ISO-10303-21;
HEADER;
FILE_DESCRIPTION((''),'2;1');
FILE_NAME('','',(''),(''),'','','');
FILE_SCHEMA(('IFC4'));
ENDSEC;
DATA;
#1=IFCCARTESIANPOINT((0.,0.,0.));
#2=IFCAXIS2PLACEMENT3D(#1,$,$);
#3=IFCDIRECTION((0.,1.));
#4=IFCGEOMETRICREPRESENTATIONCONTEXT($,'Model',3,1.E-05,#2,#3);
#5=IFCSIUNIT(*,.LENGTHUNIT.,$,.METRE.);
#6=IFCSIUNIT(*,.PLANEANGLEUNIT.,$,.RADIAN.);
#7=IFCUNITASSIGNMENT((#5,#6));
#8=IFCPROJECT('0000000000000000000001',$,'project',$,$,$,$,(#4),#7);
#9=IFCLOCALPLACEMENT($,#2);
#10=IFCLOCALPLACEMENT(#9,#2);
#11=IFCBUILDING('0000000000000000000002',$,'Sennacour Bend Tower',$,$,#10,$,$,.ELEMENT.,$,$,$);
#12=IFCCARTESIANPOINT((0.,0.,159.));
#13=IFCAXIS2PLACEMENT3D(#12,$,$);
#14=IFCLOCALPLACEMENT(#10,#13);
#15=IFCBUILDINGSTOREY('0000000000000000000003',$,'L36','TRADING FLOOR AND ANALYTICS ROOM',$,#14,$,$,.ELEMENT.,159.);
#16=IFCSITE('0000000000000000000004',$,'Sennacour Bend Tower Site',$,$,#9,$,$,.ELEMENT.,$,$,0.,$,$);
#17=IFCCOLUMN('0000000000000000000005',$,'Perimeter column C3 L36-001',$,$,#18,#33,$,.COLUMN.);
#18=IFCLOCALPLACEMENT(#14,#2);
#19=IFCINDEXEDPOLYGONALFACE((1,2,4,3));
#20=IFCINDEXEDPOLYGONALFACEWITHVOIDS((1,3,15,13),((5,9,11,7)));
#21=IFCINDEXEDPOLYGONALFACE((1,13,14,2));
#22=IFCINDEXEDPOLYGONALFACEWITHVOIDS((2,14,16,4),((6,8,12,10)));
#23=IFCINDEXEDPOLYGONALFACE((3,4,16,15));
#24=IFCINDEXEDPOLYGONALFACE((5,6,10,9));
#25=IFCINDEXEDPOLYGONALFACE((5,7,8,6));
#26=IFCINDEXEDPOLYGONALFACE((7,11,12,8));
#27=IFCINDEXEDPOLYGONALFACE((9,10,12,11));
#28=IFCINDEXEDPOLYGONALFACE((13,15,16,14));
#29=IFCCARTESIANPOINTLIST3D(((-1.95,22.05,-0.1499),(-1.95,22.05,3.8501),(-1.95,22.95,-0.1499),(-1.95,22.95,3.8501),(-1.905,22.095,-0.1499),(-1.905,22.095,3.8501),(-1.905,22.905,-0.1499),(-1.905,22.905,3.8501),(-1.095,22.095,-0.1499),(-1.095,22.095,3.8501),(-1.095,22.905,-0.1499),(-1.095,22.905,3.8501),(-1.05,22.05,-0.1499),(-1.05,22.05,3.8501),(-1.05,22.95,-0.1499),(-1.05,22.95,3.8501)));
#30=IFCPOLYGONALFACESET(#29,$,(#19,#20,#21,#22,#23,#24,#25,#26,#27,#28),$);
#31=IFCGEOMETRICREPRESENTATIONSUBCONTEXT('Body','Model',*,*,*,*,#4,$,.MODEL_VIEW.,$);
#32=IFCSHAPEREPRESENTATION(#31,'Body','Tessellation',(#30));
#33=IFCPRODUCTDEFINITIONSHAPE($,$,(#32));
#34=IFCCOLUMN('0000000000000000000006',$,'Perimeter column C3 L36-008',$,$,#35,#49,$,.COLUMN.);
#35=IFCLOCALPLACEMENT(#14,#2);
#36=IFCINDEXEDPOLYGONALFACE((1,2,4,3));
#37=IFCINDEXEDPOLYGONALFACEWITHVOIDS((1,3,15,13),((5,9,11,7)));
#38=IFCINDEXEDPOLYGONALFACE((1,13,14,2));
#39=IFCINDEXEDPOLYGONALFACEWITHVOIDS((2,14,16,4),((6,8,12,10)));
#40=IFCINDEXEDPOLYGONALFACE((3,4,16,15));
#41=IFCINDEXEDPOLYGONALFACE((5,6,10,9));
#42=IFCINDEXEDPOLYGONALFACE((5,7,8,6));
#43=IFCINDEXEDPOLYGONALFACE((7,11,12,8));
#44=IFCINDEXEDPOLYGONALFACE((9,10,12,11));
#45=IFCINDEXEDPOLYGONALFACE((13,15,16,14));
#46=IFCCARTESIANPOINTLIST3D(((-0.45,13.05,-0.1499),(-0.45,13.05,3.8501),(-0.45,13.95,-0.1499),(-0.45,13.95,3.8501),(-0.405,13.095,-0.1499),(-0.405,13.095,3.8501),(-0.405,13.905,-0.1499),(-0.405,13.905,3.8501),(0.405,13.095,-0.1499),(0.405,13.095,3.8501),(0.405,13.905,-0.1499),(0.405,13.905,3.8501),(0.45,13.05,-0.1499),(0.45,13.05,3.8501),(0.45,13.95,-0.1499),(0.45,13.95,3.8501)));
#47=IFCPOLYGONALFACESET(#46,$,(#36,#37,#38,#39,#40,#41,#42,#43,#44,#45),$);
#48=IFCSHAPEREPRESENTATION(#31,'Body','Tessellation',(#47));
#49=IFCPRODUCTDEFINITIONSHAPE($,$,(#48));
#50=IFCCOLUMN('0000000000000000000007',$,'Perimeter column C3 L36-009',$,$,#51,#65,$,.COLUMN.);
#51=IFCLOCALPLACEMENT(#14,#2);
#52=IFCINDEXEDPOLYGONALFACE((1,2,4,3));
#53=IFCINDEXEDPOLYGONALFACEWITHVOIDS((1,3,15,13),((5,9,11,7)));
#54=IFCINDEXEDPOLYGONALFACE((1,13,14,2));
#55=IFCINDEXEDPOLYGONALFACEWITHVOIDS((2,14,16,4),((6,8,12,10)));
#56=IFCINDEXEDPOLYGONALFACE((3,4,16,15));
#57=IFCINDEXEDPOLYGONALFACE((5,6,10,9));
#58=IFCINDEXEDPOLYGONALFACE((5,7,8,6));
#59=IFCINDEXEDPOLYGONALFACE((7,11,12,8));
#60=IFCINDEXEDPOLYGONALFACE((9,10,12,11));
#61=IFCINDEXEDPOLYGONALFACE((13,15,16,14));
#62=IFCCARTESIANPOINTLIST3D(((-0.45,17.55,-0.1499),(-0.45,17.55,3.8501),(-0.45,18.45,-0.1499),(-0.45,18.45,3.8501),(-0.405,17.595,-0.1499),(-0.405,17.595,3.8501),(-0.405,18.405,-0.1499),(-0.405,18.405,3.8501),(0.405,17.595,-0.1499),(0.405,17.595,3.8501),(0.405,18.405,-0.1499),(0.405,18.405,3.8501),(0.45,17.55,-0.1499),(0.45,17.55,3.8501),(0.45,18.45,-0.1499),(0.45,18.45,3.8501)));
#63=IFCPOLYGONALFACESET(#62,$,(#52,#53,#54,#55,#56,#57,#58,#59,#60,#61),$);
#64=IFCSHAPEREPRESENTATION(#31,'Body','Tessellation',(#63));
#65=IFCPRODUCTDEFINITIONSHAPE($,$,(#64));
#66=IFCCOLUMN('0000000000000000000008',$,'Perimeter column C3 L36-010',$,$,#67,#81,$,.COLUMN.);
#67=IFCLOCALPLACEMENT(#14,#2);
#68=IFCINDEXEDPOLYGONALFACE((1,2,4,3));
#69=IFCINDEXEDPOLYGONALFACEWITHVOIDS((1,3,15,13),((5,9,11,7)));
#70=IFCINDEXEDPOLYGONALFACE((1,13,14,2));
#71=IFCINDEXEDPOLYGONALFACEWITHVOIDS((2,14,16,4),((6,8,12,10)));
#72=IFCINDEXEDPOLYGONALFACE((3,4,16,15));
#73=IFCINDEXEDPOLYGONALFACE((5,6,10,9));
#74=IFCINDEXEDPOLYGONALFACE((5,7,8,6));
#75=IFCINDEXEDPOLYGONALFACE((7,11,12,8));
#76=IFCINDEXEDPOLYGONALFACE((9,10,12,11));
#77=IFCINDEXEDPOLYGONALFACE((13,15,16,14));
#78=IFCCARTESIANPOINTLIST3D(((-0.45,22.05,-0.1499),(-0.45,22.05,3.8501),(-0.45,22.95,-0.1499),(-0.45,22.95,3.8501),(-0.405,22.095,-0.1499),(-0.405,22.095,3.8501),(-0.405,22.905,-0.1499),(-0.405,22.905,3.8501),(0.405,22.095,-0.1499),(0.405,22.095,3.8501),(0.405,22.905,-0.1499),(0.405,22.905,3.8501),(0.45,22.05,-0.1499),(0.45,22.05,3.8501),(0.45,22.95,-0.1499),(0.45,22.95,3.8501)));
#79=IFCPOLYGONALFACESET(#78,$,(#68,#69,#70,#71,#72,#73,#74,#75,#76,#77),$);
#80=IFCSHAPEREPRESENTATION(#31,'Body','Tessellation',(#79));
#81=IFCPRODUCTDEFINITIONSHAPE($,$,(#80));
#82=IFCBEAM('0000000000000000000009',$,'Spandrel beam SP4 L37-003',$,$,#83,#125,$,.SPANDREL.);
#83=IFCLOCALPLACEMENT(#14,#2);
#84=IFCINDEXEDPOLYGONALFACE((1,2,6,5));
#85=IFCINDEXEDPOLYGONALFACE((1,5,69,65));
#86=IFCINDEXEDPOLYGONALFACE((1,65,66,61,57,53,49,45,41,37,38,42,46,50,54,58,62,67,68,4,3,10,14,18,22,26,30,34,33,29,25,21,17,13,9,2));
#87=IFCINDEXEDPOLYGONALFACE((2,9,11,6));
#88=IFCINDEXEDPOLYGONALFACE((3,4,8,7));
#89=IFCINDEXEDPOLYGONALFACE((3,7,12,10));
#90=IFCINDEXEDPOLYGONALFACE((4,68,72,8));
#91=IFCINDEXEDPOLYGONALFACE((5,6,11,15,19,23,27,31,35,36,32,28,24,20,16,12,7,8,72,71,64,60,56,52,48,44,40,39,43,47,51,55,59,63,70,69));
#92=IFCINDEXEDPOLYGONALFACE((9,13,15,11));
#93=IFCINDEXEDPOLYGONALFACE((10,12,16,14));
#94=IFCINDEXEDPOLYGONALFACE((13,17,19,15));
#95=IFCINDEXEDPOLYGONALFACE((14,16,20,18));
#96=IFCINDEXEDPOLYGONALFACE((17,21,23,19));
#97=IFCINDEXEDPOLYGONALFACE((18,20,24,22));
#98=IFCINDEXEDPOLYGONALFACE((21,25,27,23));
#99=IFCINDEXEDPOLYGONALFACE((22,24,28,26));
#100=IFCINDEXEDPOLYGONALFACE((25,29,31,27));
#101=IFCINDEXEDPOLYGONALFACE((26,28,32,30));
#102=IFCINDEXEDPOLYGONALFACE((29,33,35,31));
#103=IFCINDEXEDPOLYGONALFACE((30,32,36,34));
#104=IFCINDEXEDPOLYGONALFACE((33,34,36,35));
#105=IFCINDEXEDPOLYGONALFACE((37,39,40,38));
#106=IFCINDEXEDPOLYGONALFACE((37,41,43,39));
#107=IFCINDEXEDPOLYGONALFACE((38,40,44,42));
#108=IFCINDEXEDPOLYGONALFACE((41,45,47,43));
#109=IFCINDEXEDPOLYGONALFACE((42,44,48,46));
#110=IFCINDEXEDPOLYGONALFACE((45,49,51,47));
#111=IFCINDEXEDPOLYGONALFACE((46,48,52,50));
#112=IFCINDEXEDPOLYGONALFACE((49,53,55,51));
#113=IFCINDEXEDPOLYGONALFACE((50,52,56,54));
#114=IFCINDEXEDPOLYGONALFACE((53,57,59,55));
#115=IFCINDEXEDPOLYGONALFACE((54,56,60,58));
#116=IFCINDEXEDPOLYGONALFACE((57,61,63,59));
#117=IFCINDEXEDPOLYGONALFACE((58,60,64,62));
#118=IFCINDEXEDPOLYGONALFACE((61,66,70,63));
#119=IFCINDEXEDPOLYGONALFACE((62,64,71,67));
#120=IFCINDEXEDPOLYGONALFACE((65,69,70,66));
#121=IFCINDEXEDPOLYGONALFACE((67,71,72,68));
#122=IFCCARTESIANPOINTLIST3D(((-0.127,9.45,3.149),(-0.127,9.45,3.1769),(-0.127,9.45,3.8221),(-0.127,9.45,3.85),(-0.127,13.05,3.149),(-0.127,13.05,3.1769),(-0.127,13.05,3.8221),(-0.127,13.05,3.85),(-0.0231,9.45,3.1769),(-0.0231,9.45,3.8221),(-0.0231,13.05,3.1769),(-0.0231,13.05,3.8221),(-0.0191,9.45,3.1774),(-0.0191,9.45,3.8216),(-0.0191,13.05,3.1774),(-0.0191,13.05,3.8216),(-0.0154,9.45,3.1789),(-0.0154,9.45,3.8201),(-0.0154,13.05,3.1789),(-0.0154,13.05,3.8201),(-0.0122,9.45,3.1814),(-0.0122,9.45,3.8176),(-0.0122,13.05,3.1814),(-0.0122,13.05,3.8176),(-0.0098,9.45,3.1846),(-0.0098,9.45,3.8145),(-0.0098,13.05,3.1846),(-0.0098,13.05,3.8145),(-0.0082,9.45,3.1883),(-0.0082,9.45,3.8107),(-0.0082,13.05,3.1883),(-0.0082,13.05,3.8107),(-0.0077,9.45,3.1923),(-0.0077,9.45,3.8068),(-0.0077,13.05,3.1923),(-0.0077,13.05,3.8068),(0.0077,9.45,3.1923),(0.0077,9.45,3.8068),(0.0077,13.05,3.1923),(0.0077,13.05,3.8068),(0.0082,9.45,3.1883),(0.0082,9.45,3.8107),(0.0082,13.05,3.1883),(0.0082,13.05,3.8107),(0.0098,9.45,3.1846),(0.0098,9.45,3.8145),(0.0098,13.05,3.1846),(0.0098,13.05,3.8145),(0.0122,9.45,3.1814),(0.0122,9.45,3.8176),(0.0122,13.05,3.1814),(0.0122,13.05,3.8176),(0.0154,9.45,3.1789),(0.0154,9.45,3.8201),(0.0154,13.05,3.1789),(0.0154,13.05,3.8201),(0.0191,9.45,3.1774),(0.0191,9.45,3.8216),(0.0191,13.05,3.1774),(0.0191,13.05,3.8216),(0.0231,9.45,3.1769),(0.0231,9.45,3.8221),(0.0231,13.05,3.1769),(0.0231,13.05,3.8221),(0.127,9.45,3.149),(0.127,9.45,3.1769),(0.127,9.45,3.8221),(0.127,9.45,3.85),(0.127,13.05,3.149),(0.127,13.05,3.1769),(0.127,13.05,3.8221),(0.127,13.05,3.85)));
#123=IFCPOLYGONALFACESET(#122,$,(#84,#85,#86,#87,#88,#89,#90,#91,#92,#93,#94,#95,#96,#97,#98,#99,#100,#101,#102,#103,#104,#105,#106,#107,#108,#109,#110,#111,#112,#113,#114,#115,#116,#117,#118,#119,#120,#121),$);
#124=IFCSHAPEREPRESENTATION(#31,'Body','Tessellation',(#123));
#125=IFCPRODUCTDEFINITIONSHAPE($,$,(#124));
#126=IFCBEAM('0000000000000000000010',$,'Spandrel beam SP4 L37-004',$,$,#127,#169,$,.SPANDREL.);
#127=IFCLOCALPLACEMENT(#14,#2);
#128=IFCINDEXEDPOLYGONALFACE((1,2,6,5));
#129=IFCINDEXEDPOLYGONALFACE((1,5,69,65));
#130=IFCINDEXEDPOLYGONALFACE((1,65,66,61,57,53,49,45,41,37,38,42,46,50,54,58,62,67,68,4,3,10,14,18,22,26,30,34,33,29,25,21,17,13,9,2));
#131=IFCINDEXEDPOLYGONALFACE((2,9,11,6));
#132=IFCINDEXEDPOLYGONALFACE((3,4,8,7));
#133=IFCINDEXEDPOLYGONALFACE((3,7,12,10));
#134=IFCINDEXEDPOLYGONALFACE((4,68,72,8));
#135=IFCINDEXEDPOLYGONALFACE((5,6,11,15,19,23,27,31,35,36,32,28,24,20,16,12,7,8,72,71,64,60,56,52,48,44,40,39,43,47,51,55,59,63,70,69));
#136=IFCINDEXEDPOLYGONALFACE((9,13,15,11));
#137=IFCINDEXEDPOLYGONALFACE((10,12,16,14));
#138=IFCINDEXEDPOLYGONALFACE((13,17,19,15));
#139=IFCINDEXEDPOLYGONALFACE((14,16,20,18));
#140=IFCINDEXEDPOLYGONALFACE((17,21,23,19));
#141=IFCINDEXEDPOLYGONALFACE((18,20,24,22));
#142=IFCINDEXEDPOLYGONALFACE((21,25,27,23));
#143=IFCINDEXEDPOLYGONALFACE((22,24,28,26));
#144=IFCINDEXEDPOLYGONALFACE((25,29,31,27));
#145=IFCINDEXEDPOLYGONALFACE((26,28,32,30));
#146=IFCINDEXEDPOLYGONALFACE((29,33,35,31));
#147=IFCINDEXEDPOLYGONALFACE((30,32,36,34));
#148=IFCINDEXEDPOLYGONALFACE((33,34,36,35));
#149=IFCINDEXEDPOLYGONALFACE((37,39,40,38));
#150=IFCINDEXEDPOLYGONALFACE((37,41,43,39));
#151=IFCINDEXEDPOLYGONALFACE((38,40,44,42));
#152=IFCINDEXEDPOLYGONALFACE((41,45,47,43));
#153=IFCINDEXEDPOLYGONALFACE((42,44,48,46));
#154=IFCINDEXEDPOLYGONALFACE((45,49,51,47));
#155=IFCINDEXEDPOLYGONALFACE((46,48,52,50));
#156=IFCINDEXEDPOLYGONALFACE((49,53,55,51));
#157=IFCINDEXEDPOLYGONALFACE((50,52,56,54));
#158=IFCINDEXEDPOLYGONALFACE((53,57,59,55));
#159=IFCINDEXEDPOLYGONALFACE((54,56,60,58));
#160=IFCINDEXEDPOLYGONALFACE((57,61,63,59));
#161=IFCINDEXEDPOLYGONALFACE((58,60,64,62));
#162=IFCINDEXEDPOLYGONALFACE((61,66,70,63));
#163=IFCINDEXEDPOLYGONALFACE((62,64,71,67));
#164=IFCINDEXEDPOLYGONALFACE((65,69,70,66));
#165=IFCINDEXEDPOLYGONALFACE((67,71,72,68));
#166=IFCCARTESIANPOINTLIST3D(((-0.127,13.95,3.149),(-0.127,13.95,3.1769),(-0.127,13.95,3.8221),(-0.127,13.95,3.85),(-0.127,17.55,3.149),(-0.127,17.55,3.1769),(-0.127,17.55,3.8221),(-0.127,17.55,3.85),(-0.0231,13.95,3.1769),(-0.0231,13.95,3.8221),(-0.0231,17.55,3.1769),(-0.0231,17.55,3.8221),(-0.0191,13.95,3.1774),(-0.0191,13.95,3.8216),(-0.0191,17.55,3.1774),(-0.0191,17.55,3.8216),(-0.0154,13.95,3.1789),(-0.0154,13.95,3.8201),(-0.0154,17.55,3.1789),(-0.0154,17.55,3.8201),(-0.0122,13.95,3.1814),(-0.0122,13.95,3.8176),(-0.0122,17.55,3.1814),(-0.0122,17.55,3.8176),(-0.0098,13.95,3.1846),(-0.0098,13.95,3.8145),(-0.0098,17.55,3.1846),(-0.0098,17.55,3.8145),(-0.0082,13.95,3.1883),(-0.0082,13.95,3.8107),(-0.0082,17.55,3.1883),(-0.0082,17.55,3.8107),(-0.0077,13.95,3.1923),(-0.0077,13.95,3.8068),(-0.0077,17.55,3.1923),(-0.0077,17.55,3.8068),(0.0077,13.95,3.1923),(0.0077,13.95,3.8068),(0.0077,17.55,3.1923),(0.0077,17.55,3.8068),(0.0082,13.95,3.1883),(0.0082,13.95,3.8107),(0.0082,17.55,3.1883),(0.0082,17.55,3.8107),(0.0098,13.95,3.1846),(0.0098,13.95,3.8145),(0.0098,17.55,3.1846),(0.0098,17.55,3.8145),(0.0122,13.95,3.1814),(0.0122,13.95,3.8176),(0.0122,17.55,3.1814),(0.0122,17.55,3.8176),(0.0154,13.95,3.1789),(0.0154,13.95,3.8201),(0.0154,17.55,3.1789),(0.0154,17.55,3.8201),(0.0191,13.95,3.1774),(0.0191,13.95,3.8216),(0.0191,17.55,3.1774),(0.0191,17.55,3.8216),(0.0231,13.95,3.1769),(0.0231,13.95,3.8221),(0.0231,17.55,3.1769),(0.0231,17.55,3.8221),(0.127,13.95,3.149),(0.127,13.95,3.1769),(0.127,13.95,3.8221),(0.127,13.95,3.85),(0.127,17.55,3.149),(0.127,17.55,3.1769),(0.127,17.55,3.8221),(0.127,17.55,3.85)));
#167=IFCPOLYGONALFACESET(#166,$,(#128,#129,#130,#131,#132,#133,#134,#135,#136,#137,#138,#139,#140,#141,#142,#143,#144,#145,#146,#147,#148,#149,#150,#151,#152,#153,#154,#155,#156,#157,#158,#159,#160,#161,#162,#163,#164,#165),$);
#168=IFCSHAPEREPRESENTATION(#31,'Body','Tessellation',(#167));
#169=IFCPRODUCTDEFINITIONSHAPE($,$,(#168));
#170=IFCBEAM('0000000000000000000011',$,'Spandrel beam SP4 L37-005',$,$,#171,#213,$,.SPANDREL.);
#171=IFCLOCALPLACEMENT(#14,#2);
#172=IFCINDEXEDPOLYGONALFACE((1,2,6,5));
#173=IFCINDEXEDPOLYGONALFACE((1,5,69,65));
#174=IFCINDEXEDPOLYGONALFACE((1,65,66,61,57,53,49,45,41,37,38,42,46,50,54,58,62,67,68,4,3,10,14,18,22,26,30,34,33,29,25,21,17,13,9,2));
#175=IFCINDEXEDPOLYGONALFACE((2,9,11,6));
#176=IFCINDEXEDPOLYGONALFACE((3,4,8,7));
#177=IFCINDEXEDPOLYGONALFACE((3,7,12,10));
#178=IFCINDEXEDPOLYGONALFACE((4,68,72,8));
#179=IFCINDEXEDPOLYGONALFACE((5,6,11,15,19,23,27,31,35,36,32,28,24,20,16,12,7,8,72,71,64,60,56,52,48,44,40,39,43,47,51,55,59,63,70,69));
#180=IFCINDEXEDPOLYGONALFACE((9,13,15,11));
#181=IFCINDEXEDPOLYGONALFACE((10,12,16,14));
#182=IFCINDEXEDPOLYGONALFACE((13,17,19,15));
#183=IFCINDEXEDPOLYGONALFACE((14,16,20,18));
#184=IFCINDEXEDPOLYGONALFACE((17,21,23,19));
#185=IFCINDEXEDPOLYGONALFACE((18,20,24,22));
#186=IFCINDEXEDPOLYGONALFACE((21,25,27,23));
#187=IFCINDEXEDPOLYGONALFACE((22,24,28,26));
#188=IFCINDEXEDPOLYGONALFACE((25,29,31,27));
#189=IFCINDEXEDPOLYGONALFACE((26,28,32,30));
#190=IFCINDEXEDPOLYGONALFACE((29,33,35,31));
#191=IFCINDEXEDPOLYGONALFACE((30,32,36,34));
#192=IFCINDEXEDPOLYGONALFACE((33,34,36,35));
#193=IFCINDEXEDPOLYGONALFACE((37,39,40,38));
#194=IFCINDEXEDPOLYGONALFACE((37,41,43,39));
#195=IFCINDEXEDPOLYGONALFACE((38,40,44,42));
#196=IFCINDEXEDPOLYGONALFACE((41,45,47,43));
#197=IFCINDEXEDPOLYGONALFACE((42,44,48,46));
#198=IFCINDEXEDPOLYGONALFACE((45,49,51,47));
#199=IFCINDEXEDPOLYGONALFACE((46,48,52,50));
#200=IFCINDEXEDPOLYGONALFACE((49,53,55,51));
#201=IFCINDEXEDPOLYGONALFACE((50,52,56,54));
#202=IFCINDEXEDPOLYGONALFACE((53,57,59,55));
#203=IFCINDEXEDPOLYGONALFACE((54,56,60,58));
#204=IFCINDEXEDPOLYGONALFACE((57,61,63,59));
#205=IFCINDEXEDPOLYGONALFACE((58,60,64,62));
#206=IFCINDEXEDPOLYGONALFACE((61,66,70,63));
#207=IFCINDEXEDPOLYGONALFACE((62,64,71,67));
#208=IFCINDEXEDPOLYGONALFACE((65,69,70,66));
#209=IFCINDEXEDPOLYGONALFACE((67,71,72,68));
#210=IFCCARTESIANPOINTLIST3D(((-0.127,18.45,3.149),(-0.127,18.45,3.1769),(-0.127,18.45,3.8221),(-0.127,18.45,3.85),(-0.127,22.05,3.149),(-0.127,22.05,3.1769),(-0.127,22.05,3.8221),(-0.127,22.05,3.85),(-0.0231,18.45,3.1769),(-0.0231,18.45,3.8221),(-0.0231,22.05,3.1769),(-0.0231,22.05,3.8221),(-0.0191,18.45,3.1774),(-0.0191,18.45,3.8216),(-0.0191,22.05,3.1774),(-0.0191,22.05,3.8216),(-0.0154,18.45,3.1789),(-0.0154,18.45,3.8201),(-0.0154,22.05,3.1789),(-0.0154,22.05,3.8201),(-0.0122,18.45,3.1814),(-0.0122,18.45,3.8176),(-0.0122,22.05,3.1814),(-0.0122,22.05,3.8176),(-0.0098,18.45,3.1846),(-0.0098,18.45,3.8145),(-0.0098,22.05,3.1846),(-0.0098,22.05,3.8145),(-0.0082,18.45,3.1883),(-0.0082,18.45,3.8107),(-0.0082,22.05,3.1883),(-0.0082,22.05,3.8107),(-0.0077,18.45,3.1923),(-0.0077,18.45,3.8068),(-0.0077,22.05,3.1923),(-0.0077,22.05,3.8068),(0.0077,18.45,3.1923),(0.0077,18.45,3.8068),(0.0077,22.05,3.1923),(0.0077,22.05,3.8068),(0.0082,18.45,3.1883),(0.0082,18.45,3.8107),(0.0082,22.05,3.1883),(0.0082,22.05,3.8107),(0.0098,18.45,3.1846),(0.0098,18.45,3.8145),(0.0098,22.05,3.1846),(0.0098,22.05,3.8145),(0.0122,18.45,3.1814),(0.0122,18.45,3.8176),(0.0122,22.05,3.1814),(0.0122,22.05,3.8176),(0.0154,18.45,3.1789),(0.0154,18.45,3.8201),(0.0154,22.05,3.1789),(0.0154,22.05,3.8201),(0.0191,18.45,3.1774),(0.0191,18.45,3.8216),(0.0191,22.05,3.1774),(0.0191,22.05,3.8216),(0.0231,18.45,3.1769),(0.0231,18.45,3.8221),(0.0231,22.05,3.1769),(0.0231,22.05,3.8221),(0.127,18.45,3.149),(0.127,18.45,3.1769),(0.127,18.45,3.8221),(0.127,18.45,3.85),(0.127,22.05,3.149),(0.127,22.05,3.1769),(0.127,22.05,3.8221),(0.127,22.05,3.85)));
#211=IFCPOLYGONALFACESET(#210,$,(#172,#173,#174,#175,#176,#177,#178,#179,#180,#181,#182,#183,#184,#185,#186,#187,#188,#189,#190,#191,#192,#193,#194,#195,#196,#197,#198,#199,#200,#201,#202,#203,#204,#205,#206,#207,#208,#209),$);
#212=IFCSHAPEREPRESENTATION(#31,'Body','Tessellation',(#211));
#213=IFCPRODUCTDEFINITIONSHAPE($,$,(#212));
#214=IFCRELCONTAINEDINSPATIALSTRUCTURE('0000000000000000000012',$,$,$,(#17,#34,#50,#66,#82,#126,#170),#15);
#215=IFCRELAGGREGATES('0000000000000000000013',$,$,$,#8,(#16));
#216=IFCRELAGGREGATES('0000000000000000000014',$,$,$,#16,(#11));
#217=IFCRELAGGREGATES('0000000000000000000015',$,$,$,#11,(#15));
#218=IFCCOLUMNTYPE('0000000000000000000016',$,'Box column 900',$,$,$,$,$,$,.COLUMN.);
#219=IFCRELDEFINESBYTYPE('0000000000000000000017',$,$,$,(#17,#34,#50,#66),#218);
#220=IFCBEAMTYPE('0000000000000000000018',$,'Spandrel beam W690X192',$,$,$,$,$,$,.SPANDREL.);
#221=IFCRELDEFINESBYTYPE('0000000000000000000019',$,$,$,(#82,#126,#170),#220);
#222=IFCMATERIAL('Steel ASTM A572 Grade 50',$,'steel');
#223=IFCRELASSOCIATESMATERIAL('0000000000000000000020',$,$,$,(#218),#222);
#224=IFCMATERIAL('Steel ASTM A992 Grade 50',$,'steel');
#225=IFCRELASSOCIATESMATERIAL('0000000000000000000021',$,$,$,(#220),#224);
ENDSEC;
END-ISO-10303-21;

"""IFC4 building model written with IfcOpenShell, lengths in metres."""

from ifc_helpers import new_model, si_unit, direction, frame, origin, origin_2d, place, context, subcontext, project, spatial, hollow_rectangle, i_section, extrude, material, material_profile, profile_set, type_object, element, save


model = new_model("IFC4")

# Units and contexts
model_context = context("Model", 3, precision=1e-05, world=origin(), true_north=direction((0.0, 1.0)))
body_context = subcontext(model_context, "Body", "Model", "MODEL_VIEW")
ifc_project = project(units=[si_unit("LENGTHUNIT", "METRE"), si_unit("PLANEANGLEUNIT", "RADIAN")], contexts=[model_context])

# Site, building, storey
site_placement = place(None, origin())
site = spatial("IfcSite", under=ifc_project, at=site_placement, Name="Sennacour Bend Tower Site", CompositionType="ELEMENT", RefElevation=0.0)
building_placement = place(site_placement, origin())
building = spatial("IfcBuilding", under=site, at=building_placement, Name="Sennacour Bend Tower", CompositionType="ELEMENT")
storey_placement = place(building_placement, frame((0.0, 0.0, 159.0)))
storey = spatial("IfcBuildingStorey", under=building, at=storey_placement, Name="L36", Description="TRADING FLOOR AND ANALYTICS ROOM", CompositionType="ELEMENT", Elevation=159.0)

# Columns
ifc_material_1 = material(Name="Steel ASTM A572 Grade 50", Category="steel")
ifc_material_profile_1 = material_profile(ifc_material_1, hollow_rectangle(XDim=0.8999, YDim=0.8999, WallThickness=0.0449, at=origin_2d()), Name="Steel ASTM A572 Grade 50", Category="steel")
ifc_profile_set_1 = profile_set([ifc_material_profile_1], Name="Steel ASTM A572 Grade 50")
column_type = type_object("IfcColumnType", Name="Box column 900", PredefinedType="COLUMN", material=ifc_profile_set_1)
for number, where, z_axis, x_axis, name in (
    (1, (-1.5, 22.5, -0.1499), (0.0, 0.0, 1.0), (1.0, 0.0, 0.0), "Perimeter column C3 L36-001"),
    (2, (0.0, 13.5, -0.1499), (0.0, 0.0, 1.0), (1.0, 0.0, 0.0), "Perimeter column C3 L36-008"),
    (3, (0.0, 18.0, -0.1499), (0.0, 0.0, 1.0), (1.0, 0.0, 0.0), "Perimeter column C3 L36-009"),
    (4, (0.0, 22.5, -0.1499), (0.0, 0.0, 1.0), (1.0, 0.0, 0.0), "Perimeter column C3 L36-010"),
):
    element("IfcColumn", number, at=place(storey_placement, frame(where, z_axis=z_axis, x_axis=x_axis)), inside=storey, type_object=column_type, Name=name, PredefinedType="COLUMN", context=body_context, shape_type="SweptSolid", body=[
        extrude(hollow_rectangle(XDim=0.8999, YDim=0.8999, WallThickness=0.0449, at=origin_2d()), origin(), (0.0, 0.0, 1.0), 4.0),
    ])

# Beams
ifc_material_2 = material(Name="Steel ASTM A992 Grade 50", Category="steel")
ifc_material_profile_2 = material_profile(ifc_material_2, i_section(OverallWidth=0.2539, OverallDepth=0.7009, WebThickness=0.0154, FlangeThickness=0.0278, FilletRadius=0.0154, at=origin_2d()), Name="Steel ASTM A992 Grade 50", Category="steel")
ifc_profile_set_2 = profile_set([ifc_material_profile_2], Name="Steel ASTM A992 Grade 50")
beam_type = type_object("IfcBeamType", Name="Spandrel beam W690X192", PredefinedType="SPANDREL", material=ifc_profile_set_2)
for number, where, z_axis, x_axis, name in (
    (5, (0.0, 9.45, 3.4995), (0.0, 1.0, 0.0), (-1.0, 0.0, 0.0), "Spandrel beam SP4 L37-003"),
    (6, (0.0, 13.95, 3.4995), (0.0, 1.0, 0.0), (-1.0, 0.0, 0.0), "Spandrel beam SP4 L37-004"),
    (7, (0.0, 18.45, 3.4995), (0.0, 1.0, 0.0), (-1.0, 0.0, 0.0), "Spandrel beam SP4 L37-005"),
):
    element("IfcBeam", number, at=place(storey_placement, frame(where, z_axis=z_axis, x_axis=x_axis)), inside=storey, type_object=beam_type, Name=name, PredefinedType="SPANDREL", context=body_context, shape_type="SweptSolid", body=[
        extrude(i_section(OverallWidth=0.2539, OverallDepth=0.7009, WebThickness=0.0154, FlangeThickness=0.0278, FilletRadius=0.0154, at=origin_2d()), origin(), (0.0, 0.0, 1.0), 3.6001),
    ])

save(model, "model.ifc")
